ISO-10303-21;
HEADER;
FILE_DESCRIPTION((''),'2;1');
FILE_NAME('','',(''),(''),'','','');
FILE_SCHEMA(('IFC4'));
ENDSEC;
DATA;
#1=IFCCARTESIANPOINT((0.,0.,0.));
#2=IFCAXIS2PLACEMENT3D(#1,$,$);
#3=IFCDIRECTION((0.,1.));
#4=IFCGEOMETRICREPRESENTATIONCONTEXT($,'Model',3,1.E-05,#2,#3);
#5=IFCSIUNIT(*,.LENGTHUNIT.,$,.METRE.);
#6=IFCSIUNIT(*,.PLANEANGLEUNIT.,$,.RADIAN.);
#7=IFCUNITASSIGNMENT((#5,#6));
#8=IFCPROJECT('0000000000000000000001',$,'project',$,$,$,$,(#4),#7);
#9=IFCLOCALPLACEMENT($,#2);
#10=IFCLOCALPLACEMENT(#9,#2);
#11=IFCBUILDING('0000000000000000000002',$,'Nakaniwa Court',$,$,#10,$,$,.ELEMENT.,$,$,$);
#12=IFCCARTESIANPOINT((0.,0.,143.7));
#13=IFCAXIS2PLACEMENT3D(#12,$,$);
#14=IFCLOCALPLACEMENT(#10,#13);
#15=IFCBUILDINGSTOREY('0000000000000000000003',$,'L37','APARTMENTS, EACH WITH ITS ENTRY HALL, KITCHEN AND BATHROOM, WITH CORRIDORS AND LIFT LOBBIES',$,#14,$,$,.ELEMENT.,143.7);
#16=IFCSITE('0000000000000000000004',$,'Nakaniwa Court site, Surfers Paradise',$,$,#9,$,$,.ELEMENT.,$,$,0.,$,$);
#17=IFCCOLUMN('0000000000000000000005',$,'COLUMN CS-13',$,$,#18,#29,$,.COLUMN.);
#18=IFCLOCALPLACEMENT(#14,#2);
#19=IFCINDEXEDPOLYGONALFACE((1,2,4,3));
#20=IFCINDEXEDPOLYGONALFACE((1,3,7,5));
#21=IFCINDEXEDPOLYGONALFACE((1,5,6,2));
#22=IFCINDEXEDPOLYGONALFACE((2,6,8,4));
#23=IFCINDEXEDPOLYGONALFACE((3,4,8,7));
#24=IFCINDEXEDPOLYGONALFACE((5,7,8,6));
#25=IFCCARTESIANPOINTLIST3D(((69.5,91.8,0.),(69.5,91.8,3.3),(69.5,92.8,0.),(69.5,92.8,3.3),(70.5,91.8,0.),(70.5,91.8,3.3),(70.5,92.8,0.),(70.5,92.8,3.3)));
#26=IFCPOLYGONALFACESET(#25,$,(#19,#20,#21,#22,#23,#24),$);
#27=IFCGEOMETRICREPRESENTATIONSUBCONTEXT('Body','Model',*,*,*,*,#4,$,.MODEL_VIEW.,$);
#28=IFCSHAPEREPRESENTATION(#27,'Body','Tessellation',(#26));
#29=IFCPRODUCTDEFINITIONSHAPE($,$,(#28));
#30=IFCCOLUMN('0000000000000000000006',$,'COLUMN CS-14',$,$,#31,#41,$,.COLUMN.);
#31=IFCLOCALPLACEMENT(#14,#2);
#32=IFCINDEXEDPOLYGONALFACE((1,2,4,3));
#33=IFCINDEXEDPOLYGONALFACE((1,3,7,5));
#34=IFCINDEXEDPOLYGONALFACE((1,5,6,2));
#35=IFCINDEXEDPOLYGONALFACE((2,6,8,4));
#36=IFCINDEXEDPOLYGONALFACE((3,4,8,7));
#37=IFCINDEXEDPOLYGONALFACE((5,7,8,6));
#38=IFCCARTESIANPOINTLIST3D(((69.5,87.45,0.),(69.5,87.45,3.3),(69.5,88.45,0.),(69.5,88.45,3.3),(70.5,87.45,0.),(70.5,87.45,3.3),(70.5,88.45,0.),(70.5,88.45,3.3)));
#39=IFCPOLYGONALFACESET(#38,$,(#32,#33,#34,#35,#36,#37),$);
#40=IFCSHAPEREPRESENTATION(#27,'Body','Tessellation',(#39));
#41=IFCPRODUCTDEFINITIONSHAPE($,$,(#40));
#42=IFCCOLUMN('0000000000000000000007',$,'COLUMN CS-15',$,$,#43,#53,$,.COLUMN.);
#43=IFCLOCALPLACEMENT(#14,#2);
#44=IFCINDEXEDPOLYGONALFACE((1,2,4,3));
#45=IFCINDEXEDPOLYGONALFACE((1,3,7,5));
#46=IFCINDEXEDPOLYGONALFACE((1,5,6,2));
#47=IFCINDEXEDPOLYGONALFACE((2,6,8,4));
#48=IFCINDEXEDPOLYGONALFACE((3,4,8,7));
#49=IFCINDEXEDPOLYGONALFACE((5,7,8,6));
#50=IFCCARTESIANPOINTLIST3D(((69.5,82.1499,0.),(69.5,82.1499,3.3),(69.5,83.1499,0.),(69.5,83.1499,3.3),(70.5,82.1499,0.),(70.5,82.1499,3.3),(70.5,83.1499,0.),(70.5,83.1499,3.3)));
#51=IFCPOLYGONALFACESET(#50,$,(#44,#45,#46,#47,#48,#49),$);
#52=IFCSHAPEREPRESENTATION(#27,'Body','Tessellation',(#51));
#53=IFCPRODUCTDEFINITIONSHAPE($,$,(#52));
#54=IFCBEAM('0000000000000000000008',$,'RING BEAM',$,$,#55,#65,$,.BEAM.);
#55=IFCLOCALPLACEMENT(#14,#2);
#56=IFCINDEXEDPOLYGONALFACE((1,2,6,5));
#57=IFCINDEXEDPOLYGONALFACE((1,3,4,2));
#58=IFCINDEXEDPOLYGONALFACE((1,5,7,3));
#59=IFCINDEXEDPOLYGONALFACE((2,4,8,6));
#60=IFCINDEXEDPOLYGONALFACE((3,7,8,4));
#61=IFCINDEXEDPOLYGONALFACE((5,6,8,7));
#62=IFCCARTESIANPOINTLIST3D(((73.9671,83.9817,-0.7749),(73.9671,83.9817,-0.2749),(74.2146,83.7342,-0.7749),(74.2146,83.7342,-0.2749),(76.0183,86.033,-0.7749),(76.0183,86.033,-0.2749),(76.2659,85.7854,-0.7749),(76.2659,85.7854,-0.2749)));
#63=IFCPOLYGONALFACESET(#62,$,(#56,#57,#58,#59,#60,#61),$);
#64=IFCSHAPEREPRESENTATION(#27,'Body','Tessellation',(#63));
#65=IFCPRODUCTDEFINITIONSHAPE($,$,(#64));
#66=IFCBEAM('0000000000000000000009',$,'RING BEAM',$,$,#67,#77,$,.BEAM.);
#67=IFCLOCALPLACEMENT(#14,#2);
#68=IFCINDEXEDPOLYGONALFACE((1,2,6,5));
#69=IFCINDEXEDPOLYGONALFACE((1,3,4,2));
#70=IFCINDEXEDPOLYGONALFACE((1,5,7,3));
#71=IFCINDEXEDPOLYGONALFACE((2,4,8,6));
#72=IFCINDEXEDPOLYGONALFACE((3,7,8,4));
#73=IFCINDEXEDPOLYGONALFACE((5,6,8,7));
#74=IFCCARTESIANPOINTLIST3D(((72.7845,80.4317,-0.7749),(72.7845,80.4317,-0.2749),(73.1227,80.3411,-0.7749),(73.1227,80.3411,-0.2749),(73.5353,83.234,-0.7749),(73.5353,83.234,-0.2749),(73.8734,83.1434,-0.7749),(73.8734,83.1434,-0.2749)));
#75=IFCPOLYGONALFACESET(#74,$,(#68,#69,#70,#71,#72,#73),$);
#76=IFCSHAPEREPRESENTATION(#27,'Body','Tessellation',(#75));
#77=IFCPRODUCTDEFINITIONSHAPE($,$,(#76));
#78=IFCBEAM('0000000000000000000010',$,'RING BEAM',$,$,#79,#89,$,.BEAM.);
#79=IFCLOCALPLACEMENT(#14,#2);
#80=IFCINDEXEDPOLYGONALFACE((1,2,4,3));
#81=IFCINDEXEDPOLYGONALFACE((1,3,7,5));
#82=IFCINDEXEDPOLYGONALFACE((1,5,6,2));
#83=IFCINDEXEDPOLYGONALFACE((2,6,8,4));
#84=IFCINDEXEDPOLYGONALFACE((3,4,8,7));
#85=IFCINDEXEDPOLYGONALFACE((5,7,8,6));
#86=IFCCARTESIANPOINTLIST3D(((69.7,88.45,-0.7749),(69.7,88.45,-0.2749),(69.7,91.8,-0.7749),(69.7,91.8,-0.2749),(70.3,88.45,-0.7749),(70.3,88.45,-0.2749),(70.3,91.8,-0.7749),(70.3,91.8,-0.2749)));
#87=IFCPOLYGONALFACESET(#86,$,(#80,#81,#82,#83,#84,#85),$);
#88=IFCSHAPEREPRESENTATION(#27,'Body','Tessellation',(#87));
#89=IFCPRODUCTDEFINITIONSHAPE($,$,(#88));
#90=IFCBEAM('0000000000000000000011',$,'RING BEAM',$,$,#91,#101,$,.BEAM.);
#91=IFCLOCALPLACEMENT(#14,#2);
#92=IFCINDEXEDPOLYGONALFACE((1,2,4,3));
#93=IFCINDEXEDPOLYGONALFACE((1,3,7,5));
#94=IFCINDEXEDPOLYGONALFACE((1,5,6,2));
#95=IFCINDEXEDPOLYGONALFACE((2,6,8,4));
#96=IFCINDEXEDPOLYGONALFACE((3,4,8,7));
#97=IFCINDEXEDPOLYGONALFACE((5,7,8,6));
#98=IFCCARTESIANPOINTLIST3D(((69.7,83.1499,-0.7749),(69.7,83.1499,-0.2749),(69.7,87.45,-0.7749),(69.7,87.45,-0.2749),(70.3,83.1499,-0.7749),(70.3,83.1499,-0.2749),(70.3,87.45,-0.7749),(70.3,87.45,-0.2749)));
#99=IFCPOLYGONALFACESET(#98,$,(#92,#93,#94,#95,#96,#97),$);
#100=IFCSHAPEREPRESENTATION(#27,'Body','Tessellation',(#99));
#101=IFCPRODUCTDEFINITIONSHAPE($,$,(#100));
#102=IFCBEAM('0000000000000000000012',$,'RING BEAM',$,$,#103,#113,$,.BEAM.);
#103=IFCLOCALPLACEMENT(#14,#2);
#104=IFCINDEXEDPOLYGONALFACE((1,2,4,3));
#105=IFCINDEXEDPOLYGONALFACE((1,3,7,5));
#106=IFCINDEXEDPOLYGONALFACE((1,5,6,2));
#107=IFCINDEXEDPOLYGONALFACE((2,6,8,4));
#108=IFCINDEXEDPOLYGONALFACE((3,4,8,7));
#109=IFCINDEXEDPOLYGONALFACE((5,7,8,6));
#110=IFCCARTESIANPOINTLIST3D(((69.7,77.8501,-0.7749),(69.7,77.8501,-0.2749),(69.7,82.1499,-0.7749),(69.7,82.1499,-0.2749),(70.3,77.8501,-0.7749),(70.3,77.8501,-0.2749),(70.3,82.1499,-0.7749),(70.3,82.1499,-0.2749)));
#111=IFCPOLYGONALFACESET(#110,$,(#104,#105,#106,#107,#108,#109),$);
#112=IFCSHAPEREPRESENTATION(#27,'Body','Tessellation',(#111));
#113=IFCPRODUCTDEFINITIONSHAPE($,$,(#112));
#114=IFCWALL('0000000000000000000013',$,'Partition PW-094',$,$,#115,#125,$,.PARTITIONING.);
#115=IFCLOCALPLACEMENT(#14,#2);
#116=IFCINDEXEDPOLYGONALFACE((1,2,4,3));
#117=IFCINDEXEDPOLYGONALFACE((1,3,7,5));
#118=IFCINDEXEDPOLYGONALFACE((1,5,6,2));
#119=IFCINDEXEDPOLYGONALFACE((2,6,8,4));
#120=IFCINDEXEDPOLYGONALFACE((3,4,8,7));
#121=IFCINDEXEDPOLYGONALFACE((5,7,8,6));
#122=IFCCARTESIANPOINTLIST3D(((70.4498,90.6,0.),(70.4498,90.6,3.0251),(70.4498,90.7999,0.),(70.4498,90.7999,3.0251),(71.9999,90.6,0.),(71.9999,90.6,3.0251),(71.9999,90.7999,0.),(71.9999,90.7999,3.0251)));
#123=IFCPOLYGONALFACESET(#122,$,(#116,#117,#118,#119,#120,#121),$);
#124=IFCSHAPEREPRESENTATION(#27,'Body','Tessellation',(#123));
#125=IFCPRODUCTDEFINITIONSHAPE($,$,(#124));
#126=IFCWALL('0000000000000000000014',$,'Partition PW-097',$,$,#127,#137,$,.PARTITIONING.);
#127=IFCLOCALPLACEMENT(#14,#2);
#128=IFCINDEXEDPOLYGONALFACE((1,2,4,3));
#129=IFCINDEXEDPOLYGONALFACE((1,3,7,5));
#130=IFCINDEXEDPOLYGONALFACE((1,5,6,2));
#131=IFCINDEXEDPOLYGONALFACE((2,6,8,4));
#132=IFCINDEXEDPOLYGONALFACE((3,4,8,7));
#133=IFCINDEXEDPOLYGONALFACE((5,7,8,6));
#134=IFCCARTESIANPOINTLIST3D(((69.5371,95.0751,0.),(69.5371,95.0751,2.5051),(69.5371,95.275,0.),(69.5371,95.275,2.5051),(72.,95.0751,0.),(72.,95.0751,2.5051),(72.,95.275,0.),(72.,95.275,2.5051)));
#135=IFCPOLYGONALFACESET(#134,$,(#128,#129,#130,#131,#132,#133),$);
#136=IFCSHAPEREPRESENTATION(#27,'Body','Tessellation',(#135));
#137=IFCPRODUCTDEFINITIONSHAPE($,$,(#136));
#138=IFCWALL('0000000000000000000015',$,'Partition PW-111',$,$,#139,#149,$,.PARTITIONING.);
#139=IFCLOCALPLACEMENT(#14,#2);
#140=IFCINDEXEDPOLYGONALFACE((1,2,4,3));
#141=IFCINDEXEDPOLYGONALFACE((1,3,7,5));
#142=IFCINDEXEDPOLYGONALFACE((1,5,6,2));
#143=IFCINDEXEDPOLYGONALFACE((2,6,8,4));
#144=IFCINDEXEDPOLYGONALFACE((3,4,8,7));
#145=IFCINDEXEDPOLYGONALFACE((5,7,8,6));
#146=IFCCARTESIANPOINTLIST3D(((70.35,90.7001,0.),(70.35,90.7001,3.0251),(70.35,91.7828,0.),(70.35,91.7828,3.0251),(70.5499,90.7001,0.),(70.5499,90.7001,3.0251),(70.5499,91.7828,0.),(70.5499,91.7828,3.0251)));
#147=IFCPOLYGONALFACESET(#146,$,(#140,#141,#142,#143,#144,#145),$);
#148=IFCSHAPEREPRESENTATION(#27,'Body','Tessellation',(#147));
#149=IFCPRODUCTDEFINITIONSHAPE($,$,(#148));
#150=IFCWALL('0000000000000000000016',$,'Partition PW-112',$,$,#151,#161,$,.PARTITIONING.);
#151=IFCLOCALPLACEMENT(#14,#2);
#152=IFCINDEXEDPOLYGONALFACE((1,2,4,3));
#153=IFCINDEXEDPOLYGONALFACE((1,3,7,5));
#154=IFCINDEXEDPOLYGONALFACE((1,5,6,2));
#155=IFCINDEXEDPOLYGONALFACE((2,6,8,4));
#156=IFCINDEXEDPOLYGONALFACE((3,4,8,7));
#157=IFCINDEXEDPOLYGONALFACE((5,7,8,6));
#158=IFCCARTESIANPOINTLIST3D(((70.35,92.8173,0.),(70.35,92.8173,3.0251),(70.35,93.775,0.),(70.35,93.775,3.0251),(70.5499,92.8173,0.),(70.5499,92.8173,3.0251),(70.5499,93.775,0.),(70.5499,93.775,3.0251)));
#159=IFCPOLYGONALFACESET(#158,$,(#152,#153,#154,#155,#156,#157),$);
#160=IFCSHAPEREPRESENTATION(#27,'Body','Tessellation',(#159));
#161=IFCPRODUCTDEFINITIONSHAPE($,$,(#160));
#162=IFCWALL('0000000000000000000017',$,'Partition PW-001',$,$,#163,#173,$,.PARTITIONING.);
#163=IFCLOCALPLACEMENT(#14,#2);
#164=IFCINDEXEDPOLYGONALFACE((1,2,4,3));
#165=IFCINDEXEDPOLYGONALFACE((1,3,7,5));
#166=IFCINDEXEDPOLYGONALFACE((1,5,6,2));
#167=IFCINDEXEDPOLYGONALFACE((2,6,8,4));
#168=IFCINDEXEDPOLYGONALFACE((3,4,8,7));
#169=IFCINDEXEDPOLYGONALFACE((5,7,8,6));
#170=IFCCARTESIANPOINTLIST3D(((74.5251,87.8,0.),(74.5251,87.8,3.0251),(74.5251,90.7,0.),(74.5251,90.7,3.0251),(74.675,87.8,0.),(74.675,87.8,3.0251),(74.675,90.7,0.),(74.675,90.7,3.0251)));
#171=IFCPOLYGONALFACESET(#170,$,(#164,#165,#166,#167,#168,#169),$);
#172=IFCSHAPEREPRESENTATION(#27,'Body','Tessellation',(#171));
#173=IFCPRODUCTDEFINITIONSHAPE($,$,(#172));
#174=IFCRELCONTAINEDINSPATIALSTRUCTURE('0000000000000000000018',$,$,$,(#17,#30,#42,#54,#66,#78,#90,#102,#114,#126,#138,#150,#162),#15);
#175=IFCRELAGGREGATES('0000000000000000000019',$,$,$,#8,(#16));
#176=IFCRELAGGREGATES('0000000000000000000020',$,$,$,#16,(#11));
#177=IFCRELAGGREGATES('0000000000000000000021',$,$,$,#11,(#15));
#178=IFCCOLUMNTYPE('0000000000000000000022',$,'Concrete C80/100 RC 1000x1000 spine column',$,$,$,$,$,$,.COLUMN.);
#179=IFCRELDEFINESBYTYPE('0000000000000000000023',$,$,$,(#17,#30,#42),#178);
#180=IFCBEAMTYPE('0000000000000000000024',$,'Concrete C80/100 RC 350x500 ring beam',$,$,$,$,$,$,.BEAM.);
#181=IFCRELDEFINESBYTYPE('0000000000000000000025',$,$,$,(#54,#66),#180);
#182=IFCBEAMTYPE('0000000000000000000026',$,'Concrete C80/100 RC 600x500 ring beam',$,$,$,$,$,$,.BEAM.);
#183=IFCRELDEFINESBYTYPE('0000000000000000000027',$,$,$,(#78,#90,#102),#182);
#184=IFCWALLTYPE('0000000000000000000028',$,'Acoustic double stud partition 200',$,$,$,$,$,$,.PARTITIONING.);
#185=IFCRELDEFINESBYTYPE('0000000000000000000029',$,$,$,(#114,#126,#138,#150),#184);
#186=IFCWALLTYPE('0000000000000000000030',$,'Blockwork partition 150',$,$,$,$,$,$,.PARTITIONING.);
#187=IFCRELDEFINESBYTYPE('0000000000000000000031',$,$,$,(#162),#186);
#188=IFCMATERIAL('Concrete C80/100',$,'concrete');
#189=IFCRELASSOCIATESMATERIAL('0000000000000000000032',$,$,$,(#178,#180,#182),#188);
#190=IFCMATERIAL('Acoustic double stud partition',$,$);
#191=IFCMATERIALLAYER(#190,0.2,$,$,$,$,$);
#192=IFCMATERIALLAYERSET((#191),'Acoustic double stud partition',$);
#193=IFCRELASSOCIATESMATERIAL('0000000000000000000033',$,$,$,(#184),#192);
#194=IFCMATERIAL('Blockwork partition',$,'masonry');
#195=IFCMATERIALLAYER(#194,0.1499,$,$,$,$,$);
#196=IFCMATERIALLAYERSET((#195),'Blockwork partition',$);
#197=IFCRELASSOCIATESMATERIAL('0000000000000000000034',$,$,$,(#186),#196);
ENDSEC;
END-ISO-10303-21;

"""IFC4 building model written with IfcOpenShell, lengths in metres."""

from ifc_helpers import new_model, si_unit, direction, frame, frame_2d, origin, origin_2d, place, context, subcontext, project, spatial, rectangle, extrude, material, layer, layer_set, material_profile, profile_set, type_object, element, save


model = new_model("IFC4")

# Units and contexts
model_context = context("Model", 3, precision=1e-05, world=origin(), true_north=direction((0.0, 1.0)))
body_context = subcontext(model_context, "Body", "Model", "MODEL_VIEW")
ifc_project = project(units=[si_unit("LENGTHUNIT", "METRE"), si_unit("PLANEANGLEUNIT", "RADIAN")], contexts=[model_context])

# Site, building, storey
site_placement = place(None, origin())
site = spatial("IfcSite", under=ifc_project, at=site_placement, Name="Nakaniwa Court site, Surfers Paradise", CompositionType="ELEMENT", RefElevation=0.0)
building_placement = place(site_placement, origin())
building = spatial("IfcBuilding", under=site, at=building_placement, Name="Nakaniwa Court", CompositionType="ELEMENT")
storey_placement = place(building_placement, frame((0.0, 0.0, 143.7)))
storey = spatial("IfcBuildingStorey", under=building, at=storey_placement, Name="L37", Description="APARTMENTS, EACH WITH ITS ENTRY HALL, KITCHEN AND BATHROOM, WITH CORRIDORS AND LIFT LOBBIES", CompositionType="ELEMENT", Elevation=143.7)

# Columns
ifc_material_1 = material(Name="Concrete C80/100", Category="concrete")
ifc_material_profile_1 = material_profile(ifc_material_1, rectangle(XDim=1.0, YDim=1.0, at=origin_2d()), Name="Concrete C80/100 RC 1000x1000 spine column")
ifc_profile_set_1 = profile_set([ifc_material_profile_1], Name="Concrete C80/100")
column_type_1 = type_object("IfcColumnType", Name="Concrete C80/100 RC 1000x1000 spine column", PredefinedType="COLUMN", material=ifc_profile_set_1)
for number, where, z_axis, x_axis, name in (
    (1, (70.0, 92.3, 0.0), (0.0, 0.0, 1.0), (0.0, -1.0, 0.0), "COLUMN CS-13"),
    (2, (70.0, 87.95, 0.0), (0.0, 0.0, 1.0), (0.0, -1.0, 0.0), "COLUMN CS-14"),
    (3, (70.0, 82.6499, 0.0), (0.0, 0.0, 1.0), (0.0, -1.0, 0.0), "COLUMN CS-15"),
):
    element("IfcColumn", number, at=place(storey_placement, frame(where, z_axis=z_axis, x_axis=x_axis)), inside=storey, type_object=column_type_1, Name=name, PredefinedType="COLUMN", context=body_context, shape_type="SweptSolid", body=[
        extrude(rectangle(XDim=1.0, YDim=1.0, at=origin_2d()), origin(), (0.0, 0.0, 1.0), 3.3),
    ])

# Beams
ifc_material_profile_2 = material_profile(ifc_material_1, rectangle(XDim=0.3501, YDim=0.5, at=origin_2d()), Name="Concrete C80/100 RC 350x500 ring beam")
ifc_profile_set_2 = profile_set([ifc_material_profile_2], Name="Concrete C80/100")
beam_type_1 = type_object("IfcBeamType", Name="Concrete C80/100 RC 350x500 ring beam", PredefinedType="BEAM", material=ifc_profile_set_2)
beam_1_placement = place(storey_placement, frame((76.1421, 85.9092, -0.5249), z_axis=(-0.707107, -0.707107, 0.0), x_axis=(0.707107, -0.707107, 0.0)))
element("IfcBeam", 4, at=beam_1_placement, inside=storey, type_object=beam_type_1, Name="RING BEAM", PredefinedType="BEAM", context=body_context, shape_type="SweptSolid", body=[
    extrude(rectangle(XDim=0.3501, YDim=0.5, at=origin_2d()), origin(), (0.0, 0.0, 1.0), 2.9009),
])
beam_2_placement = place(storey_placement, frame((73.7043, 83.1887, -0.5249), z_axis=(-0.258778, -0.965937, 0.0), x_axis=(0.965937, -0.258778, 0.0)))
element("IfcBeam", 5, at=beam_2_placement, inside=storey, type_object=beam_type_1, Name="RING BEAM", PredefinedType="BEAM", context=body_context, shape_type="SweptSolid", body=[
    extrude(rectangle(XDim=0.3501, YDim=0.5, at=origin_2d()), origin(), (0.0, 0.0, 1.0), 2.9011),
])
ifc_material_profile_3 = material_profile(ifc_material_1, rectangle(XDim=0.6001, YDim=0.5, at=origin_2d()), Name="Concrete C80/100 RC 600x500 ring beam")
ifc_profile_set_3 = profile_set([ifc_material_profile_3], Name="Concrete C80/100")
beam_type_2 = type_object("IfcBeamType", Name="Concrete C80/100 RC 600x500 ring beam", PredefinedType="BEAM", material=ifc_profile_set_3)
beam_3_placement = place(storey_placement, frame((70.0, 91.8, -0.5249), z_axis=(0.0, -1.0, 0.0), x_axis=(1.0, 0.0, 0.0)))
element("IfcBeam", 6, at=beam_3_placement, inside=storey, type_object=beam_type_2, Name="RING BEAM", PredefinedType="BEAM", context=body_context, shape_type="SweptSolid", body=[
    extrude(rectangle(XDim=0.6001, YDim=0.5, at=origin_2d()), origin(), (0.0, 0.0, 1.0), 3.3501),
])
beam_4_placement = place(storey_placement, frame((70.0, 87.45, -0.5249), z_axis=(0.0, -1.0, 0.0), x_axis=(1.0, 0.0, 0.0)))
element("IfcBeam", 7, at=beam_4_placement, inside=storey, type_object=beam_type_2, Name="RING BEAM", PredefinedType="BEAM", context=body_context, shape_type="SweptSolid", body=[
    extrude(rectangle(XDim=0.6001, YDim=0.5, at=origin_2d()), origin(), (0.0, 0.0, 1.0), 4.3),
])
beam_5_placement = place(storey_placement, frame((70.0, 82.1499, -0.5249), z_axis=(0.0, -1.0, 0.0), x_axis=(1.0, 0.0, 0.0)))
element("IfcBeam", 8, at=beam_5_placement, inside=storey, type_object=beam_type_2, Name="RING BEAM", PredefinedType="BEAM", context=body_context, shape_type="SweptSolid", body=[
    extrude(rectangle(XDim=0.6001, YDim=0.5, at=origin_2d()), origin(), (0.0, 0.0, 1.0), 4.2998),
])

# Walls
ifc_material_2 = material(Name="Acoustic double stud partition")
ifc_layer_1 = layer(ifc_material_2, 0.2)
ifc_layer_set_1 = layer_set([ifc_layer_1], Name="Acoustic double stud partition")
wall_type_1 = type_object("IfcWallType", Name="Acoustic double stud partition 200", PredefinedType="PARTITIONING", material=ifc_layer_set_1)
wall_1_placement = place(storey_placement, frame((70.45, 90.7, 0.0), z_axis=(0.0, 0.0, 1.0), x_axis=(1.0, 0.0, 0.0)))
element("IfcWall", 9, at=wall_1_placement, inside=storey, type_object=wall_type_1, Name="Partition PW-094", PredefinedType="PARTITIONING", context=body_context, shape_type="SweptSolid", body=[
    extrude(rectangle(XDim=1.55, YDim=0.2, at=frame_2d((0.7749, 0.0))), origin(), (0.0, 0.0, 1.0), 3.0251),
])
wall_2_placement = place(storey_placement, frame((69.5371, 95.175, 0.0), z_axis=(0.0, 0.0, 1.0), x_axis=(1.0, 0.0, 0.0)))
element("IfcWall", 10, at=wall_2_placement, inside=storey, type_object=wall_type_1, Name="Partition PW-097", PredefinedType="PARTITIONING", context=body_context, shape_type="SweptSolid", body=[
    extrude(rectangle(XDim=2.4629, YDim=0.2, at=frame_2d((1.2314, 0.0))), origin(), (0.0, 0.0, 1.0), 2.5051),
])
wall_3_placement = place(storey_placement, frame((70.45, 90.7, 0.0), z_axis=(0.0, 0.0, 1.0), x_axis=(0.0, 1.0, 0.0)))
element("IfcWall", 11, at=wall_3_placement, inside=storey, type_object=wall_type_1, Name="Partition PW-111", PredefinedType="PARTITIONING", context=body_context, shape_type="SweptSolid", body=[
    extrude(rectangle(XDim=1.0828, YDim=0.2, at=frame_2d((0.5415, 0.0))), origin(), (0.0, 0.0, 1.0), 3.0251),
])
wall_4_placement = place(storey_placement, frame((70.45, 92.8171, 0.0), z_axis=(0.0, 0.0, 1.0), x_axis=(0.0, 1.0, 0.0)))
element("IfcWall", 12, at=wall_4_placement, inside=storey, type_object=wall_type_1, Name="Partition PW-112", PredefinedType="PARTITIONING", context=body_context, shape_type="SweptSolid", body=[
    extrude(rectangle(XDim=0.9578, YDim=0.2, at=frame_2d((0.479, 0.0))), origin(), (0.0, 0.0, 1.0), 3.0251),
])
ifc_material_3 = material(Name="Blockwork partition", Category="masonry")
ifc_layer_2 = layer(ifc_material_3, 0.1499)
ifc_layer_set_2 = layer_set([ifc_layer_2], Name="Blockwork partition")
wall_type_2 = type_object("IfcWallType", Name="Blockwork partition 150", PredefinedType="PARTITIONING", material=ifc_layer_set_2)
wall_5_placement = place(storey_placement, frame((74.6001, 87.8, 0.0), z_axis=(0.0, 0.0, 1.0), x_axis=(0.0, 1.0, 0.0)))
element("IfcWall", 13, at=wall_5_placement, inside=storey, type_object=wall_type_2, Name="Partition PW-001", PredefinedType="PARTITIONING", context=body_context, shape_type="SweptSolid", body=[
    extrude(rectangle(XDim=2.8999, YDim=0.1499, at=frame_2d((1.45, 0.0))), origin(), (0.0, 0.0, 1.0), 3.0251),
])

save(model, "model.ifc")
